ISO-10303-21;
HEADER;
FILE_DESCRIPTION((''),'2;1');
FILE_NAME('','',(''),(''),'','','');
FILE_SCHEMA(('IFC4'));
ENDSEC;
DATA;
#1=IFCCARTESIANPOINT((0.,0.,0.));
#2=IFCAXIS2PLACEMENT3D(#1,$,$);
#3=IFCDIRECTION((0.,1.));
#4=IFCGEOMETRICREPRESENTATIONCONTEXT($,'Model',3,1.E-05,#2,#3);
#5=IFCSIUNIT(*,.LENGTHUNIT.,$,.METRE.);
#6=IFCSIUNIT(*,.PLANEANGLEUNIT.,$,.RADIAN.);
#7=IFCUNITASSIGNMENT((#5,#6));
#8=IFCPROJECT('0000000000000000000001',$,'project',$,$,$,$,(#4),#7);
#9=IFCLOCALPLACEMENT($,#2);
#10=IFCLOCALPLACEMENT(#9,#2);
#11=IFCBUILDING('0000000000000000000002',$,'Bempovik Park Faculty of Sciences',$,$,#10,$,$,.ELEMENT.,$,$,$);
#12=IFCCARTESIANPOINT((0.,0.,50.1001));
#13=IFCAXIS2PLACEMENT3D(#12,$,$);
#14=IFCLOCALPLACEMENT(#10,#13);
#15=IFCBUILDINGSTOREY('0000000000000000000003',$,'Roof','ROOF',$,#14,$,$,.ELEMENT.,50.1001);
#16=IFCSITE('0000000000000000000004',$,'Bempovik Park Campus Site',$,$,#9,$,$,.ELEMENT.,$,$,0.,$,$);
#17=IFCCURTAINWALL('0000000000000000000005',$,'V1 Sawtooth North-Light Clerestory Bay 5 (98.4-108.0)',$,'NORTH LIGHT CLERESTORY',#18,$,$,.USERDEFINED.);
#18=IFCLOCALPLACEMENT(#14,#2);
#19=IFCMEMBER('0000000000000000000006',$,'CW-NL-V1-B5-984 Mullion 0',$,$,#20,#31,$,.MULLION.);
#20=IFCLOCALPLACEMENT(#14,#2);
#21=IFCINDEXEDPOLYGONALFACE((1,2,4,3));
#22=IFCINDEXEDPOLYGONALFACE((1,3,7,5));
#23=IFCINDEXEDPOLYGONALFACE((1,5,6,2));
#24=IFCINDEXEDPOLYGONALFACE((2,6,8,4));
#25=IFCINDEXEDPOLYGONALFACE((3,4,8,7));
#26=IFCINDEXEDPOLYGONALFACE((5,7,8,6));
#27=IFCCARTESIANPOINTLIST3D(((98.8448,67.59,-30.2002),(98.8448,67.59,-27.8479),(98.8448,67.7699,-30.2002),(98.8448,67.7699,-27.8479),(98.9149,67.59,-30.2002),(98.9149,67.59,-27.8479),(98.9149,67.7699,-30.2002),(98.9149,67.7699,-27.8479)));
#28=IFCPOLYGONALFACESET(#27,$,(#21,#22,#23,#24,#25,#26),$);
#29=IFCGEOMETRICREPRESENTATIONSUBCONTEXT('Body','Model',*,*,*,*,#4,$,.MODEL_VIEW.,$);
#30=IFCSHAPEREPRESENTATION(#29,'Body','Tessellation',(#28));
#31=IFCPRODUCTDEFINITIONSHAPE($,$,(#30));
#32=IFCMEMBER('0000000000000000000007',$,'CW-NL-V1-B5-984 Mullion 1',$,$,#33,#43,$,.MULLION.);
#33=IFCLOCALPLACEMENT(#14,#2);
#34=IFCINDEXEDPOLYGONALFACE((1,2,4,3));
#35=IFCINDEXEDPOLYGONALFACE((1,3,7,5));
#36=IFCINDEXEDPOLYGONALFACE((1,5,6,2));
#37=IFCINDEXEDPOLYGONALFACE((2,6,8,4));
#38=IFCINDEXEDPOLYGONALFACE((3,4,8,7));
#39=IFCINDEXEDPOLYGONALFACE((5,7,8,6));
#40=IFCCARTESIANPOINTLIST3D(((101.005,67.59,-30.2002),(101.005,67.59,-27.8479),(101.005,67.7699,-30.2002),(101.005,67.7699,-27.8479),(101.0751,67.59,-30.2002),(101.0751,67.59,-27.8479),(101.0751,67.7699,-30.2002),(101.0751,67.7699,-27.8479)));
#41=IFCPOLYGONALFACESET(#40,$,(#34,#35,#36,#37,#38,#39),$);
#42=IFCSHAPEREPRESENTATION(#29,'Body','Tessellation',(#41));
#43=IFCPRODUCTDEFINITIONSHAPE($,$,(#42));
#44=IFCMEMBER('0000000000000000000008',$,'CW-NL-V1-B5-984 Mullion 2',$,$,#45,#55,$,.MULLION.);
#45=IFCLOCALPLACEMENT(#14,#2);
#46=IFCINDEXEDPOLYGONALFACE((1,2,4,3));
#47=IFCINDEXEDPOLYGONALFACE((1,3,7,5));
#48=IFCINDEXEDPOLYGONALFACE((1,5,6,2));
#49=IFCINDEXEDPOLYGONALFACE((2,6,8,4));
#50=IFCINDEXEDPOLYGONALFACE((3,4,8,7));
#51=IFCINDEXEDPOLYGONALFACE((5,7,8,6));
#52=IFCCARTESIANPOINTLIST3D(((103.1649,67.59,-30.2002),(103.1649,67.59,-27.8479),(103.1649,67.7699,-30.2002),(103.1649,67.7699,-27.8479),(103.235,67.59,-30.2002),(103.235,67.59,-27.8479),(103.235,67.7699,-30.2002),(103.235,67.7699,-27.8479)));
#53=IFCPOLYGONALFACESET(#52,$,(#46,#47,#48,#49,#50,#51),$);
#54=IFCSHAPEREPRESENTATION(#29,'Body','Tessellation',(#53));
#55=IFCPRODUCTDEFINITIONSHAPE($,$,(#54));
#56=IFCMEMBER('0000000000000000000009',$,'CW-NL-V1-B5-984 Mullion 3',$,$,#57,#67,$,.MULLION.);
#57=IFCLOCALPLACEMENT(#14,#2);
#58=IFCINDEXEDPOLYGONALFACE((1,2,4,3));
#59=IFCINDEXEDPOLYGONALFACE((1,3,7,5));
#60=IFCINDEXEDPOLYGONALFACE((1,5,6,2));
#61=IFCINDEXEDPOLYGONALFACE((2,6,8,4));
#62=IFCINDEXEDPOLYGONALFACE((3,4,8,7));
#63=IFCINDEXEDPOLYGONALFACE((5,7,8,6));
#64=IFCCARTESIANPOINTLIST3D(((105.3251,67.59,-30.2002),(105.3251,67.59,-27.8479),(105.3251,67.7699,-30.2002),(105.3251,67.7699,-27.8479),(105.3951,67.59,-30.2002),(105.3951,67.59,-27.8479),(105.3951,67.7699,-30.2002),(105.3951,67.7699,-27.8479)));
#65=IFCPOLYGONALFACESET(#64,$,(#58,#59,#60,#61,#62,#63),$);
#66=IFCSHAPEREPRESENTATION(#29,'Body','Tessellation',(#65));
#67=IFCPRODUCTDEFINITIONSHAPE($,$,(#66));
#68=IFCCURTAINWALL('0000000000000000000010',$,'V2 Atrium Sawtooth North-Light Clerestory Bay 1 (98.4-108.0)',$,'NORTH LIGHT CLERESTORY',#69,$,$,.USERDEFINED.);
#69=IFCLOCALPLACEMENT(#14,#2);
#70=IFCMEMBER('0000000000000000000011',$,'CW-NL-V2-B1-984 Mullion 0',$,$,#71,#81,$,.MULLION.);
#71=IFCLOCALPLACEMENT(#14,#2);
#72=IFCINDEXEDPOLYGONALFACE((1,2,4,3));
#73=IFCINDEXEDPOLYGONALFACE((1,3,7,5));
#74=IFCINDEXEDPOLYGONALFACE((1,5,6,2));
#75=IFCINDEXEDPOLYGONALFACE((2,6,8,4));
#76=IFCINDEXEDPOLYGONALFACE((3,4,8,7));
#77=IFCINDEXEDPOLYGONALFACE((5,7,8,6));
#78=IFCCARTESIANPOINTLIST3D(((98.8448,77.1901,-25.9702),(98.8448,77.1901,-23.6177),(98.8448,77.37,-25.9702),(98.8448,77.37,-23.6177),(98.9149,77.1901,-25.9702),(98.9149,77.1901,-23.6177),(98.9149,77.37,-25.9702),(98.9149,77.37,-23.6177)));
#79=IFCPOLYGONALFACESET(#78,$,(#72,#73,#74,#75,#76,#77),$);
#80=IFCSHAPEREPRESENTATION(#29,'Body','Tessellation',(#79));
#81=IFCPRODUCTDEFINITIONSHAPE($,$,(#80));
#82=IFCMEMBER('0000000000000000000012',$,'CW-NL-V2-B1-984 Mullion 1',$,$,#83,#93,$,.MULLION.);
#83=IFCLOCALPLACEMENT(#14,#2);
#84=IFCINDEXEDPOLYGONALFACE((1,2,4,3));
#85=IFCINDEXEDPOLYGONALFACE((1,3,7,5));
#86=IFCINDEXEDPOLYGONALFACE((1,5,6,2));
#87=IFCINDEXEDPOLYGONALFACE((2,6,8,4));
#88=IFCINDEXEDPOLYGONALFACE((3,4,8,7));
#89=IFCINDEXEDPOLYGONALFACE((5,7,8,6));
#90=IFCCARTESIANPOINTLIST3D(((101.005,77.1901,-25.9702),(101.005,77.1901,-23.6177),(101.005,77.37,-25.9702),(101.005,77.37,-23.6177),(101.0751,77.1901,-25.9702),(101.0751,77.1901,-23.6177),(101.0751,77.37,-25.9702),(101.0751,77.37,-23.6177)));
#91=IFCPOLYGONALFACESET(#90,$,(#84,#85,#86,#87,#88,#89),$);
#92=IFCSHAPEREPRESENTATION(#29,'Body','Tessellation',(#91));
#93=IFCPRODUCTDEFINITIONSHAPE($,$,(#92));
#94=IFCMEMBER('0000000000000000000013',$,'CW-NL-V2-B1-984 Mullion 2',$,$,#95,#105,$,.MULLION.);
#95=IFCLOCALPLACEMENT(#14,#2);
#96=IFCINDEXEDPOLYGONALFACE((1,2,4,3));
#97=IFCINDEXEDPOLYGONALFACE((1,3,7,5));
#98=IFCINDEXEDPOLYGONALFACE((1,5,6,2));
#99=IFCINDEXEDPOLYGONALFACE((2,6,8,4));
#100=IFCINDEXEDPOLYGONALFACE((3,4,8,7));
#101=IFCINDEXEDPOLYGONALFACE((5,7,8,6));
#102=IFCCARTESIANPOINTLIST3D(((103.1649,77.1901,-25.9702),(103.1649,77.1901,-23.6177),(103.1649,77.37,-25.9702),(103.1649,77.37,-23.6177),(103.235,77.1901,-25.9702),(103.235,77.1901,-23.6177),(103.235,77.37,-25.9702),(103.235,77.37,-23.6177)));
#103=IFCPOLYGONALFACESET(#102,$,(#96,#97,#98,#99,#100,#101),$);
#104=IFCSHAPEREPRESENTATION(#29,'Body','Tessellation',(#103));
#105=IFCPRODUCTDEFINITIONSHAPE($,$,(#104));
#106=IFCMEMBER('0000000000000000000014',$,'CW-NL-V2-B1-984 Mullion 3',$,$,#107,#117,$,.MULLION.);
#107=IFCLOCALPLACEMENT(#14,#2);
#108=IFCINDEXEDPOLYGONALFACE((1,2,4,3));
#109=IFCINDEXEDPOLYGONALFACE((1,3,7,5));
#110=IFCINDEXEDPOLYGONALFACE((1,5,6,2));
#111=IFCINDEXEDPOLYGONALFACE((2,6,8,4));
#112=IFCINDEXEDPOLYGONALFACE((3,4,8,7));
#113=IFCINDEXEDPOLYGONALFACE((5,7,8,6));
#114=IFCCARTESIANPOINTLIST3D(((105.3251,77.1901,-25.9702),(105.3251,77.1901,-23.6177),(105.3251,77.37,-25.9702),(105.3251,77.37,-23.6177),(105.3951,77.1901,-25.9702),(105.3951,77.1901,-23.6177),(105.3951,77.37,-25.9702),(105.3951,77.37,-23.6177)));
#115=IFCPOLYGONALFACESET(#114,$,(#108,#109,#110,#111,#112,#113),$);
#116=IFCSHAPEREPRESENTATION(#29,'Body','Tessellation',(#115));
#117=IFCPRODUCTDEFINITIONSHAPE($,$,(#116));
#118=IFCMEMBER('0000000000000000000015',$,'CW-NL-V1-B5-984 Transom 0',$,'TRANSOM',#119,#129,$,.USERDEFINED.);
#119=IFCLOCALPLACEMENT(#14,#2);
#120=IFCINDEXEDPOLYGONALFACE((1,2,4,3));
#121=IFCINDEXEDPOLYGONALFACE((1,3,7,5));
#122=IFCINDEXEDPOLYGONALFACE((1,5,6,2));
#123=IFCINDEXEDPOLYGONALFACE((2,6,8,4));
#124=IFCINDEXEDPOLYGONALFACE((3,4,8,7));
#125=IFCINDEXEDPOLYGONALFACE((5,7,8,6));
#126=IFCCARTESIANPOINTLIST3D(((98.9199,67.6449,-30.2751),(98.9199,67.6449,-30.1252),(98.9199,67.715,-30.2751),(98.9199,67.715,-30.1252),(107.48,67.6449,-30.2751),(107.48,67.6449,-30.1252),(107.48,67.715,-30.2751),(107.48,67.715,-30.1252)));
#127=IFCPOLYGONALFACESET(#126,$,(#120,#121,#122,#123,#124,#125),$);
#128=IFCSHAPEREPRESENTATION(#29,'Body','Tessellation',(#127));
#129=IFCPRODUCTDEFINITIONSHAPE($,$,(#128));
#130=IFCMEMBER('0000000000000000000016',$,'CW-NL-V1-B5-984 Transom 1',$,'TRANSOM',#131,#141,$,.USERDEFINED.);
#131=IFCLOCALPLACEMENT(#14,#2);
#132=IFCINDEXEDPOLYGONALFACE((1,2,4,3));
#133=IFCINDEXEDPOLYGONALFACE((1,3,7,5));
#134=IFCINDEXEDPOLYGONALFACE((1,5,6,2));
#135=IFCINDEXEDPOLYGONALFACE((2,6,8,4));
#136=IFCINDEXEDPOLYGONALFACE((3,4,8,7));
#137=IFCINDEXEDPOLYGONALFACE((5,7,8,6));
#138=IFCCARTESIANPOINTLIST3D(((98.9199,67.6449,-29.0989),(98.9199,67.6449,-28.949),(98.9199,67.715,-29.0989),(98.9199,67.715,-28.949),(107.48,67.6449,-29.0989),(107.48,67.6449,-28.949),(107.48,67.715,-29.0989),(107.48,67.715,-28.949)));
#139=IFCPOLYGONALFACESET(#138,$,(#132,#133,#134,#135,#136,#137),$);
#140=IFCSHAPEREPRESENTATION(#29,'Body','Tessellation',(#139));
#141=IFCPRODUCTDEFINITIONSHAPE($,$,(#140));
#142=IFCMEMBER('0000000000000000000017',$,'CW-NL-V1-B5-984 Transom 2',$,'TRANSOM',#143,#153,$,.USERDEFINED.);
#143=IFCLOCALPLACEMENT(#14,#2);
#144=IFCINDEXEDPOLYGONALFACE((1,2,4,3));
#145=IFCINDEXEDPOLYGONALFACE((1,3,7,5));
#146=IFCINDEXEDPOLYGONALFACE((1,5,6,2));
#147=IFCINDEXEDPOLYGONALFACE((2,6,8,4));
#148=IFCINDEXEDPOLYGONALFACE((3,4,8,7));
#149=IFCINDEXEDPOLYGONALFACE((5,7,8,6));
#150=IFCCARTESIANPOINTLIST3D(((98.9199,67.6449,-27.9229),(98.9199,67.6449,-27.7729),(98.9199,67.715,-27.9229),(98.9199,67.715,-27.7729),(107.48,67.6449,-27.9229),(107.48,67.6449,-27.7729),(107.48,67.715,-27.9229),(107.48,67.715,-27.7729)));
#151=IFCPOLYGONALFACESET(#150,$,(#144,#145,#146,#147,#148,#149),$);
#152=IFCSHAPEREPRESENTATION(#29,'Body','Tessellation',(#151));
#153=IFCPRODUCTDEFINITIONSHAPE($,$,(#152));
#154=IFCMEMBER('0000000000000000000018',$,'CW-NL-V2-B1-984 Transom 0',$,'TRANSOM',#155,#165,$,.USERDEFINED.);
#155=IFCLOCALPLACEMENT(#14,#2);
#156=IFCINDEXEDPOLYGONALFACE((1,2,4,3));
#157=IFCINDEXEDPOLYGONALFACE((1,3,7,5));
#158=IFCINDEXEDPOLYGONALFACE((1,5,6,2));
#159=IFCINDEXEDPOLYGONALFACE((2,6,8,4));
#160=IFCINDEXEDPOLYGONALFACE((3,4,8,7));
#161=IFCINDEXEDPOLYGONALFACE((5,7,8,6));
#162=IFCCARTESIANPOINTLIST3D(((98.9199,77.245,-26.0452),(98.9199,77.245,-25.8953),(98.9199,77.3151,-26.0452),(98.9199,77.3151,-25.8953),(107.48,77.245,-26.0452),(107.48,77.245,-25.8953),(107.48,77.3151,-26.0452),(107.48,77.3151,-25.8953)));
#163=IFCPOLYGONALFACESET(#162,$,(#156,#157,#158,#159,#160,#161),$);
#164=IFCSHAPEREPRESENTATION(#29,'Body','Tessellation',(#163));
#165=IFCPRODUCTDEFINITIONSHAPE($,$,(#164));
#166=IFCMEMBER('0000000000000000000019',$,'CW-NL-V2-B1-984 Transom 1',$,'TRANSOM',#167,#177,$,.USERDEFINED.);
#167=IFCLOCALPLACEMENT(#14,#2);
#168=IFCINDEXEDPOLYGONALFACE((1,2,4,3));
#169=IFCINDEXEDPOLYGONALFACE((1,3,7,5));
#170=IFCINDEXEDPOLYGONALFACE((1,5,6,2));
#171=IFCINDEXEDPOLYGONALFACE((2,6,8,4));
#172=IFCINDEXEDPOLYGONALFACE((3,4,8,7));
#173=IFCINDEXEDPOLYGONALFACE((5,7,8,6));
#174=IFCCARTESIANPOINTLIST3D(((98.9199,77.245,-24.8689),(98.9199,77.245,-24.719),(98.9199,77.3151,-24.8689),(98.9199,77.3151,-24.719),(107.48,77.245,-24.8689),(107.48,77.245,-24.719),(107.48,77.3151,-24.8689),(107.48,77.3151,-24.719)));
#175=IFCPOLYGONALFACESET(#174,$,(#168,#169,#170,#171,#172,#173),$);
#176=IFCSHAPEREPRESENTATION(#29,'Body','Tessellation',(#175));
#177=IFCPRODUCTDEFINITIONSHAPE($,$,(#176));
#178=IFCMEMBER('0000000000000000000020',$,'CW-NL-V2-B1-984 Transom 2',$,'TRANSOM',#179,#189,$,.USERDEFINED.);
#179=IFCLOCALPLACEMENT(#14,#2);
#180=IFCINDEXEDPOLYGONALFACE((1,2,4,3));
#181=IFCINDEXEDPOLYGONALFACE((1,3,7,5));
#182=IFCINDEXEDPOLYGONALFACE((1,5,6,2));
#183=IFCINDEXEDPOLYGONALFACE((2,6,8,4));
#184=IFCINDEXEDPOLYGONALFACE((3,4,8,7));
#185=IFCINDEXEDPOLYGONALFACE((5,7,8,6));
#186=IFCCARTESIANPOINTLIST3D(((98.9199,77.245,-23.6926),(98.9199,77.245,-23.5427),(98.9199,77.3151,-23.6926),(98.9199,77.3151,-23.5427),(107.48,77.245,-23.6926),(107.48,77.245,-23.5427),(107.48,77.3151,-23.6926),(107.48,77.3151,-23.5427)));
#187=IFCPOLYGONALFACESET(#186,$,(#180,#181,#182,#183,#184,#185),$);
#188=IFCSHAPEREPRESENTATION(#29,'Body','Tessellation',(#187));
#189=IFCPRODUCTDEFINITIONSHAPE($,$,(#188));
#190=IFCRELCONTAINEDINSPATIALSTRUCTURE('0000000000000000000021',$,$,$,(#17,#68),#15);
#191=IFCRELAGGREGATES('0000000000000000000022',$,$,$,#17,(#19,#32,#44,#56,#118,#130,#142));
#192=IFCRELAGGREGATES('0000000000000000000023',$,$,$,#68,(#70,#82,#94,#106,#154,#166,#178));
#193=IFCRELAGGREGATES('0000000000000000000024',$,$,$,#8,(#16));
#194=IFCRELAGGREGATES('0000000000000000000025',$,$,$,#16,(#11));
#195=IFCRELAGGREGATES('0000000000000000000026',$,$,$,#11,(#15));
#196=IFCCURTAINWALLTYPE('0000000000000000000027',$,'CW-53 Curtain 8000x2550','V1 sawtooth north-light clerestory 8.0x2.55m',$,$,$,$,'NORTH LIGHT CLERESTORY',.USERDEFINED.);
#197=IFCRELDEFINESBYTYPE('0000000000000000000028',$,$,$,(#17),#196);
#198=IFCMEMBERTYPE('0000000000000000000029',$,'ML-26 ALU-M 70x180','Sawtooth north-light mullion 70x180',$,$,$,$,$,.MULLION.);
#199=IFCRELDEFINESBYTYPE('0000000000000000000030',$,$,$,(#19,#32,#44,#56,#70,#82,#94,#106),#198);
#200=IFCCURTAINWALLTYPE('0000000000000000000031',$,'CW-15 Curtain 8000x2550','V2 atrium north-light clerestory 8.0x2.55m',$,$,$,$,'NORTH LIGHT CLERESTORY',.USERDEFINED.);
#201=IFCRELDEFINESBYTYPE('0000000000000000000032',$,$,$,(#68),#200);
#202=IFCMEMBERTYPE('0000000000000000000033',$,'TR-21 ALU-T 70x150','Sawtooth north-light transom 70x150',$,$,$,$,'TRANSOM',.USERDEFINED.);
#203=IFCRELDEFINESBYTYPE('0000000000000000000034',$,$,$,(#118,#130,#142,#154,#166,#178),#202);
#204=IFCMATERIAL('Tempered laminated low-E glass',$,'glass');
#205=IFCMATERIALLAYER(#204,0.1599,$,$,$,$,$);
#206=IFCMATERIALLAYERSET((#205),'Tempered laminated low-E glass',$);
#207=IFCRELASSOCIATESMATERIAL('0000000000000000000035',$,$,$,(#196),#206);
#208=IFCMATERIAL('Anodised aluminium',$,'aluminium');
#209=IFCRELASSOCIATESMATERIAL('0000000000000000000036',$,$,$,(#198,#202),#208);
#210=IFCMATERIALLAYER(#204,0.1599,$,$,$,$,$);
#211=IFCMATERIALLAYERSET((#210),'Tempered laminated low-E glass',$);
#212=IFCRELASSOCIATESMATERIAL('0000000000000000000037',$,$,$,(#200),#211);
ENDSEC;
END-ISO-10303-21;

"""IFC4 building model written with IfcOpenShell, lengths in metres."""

from ifc_helpers import new_model, si_unit, direction, frame, origin, origin_2d, place, context, subcontext, project, spatial, rectangle, extrude, material, layer, layer_set, material_profile, profile_set, type_object, element, aggregate, save


model = new_model("IFC4")

# Units and contexts
model_context = context("Model", 3, precision=1e-05, world=origin(), true_north=direction((0.0, 1.0)))
body_context = subcontext(model_context, "Body", "Model", "MODEL_VIEW")
ifc_project = project(units=[si_unit("LENGTHUNIT", "METRE"), si_unit("PLANEANGLEUNIT", "RADIAN")], contexts=[model_context])

# Site, building, storey
site_placement = place(None, origin())
site = spatial("IfcSite", under=ifc_project, at=site_placement, Name="Bempovik Park Campus Site", CompositionType="ELEMENT", RefElevation=0.0)
building_placement = place(site_placement, origin())
building = spatial("IfcBuilding", under=site, at=building_placement, Name="Bempovik Park Faculty of Sciences", CompositionType="ELEMENT")
storey_placement = place(building_placement, frame((0.0, 0.0, 50.1001)))
storey = spatial("IfcBuildingStorey", under=building, at=storey_placement, Name="Roof", Description="ROOF", CompositionType="ELEMENT", Elevation=50.1001)

# Curtain walls, members
ifc_material_1 = material(Name="Tempered laminated low-E glass", Category="glass")
ifc_layer_1 = layer(ifc_material_1, 0.1599)
ifc_layer_set_1 = layer_set([ifc_layer_1], Name="Tempered laminated low-E glass")
curtain_wall_type_1 = type_object("IfcCurtainWallType", Name="CW-53 Curtain 8000x2550", Description="V1 sawtooth north-light clerestory 8.0x2.55m", ElementType="NORTH LIGHT CLERESTORY", PredefinedType="USERDEFINED", material=ifc_layer_set_1)
curtain_wall_1_placement = place(storey_placement, origin())
curtain_wall_1 = element("IfcCurtainWall", 1, at=curtain_wall_1_placement, inside=storey, type_object=curtain_wall_type_1, Name="V1 Sawtooth North-Light Clerestory Bay 5 (98.4-108.0)", ObjectType="NORTH LIGHT CLERESTORY", PredefinedType="USERDEFINED")
ifc_material_2 = material(Name="Anodised aluminium", Category="aluminium")
ifc_material_profile_1 = material_profile(ifc_material_2, rectangle(XDim=0.0701, YDim=0.1799, at=origin_2d()), Name="ALU-M 70x180")
ifc_profile_set_1 = profile_set([ifc_material_profile_1], Name="Anodised aluminium")
member_type_1 = type_object("IfcMemberType", Name="ML-26 ALU-M 70x180", Description="Sawtooth north-light mullion 70x180", PredefinedType="MULLION", material=ifc_profile_set_1)
member_1_placement = place(storey_placement, frame((98.8799, 67.6799, -30.2002), z_axis=(0.0, 0.0, 1.0), x_axis=(1.0, 0.0, 0.0)))
member_1 = element("IfcMember", 2, at=member_1_placement, type_object=member_type_1, Name="CW-NL-V1-B5-984 Mullion 0", PredefinedType="MULLION", context=body_context, shape_type="SweptSolid", body=[
    extrude(rectangle(XDim=0.0701, YDim=0.1799, at=origin_2d()), origin(), (0.0, 0.0, 1.0), 2.3523),
])
member_2_placement = place(storey_placement, frame((101.04, 67.6799, -30.2002), z_axis=(0.0, 0.0, 1.0), x_axis=(1.0, 0.0, 0.0)))
member_2 = element("IfcMember", 3, at=member_2_placement, type_object=member_type_1, Name="CW-NL-V1-B5-984 Mullion 1", PredefinedType="MULLION", context=body_context, shape_type="SweptSolid", body=[
    extrude(rectangle(XDim=0.0701, YDim=0.1799, at=origin_2d()), origin(), (0.0, 0.0, 1.0), 2.3523),
])
member_3_placement = place(storey_placement, frame((103.2, 67.6799, -30.2002), z_axis=(0.0, 0.0, 1.0), x_axis=(1.0, 0.0, 0.0)))
member_3 = element("IfcMember", 4, at=member_3_placement, type_object=member_type_1, Name="CW-NL-V1-B5-984 Mullion 2", PredefinedType="MULLION", context=body_context, shape_type="SweptSolid", body=[
    extrude(rectangle(XDim=0.0701, YDim=0.1799, at=origin_2d()), origin(), (0.0, 0.0, 1.0), 2.3523),
])
member_4_placement = place(storey_placement, frame((105.3601, 67.6799, -30.2002), z_axis=(0.0, 0.0, 1.0), x_axis=(1.0, 0.0, 0.0)))
member_4 = element("IfcMember", 5, at=member_4_placement, type_object=member_type_1, Name="CW-NL-V1-B5-984 Mullion 3", PredefinedType="MULLION", context=body_context, shape_type="SweptSolid", body=[
    extrude(rectangle(XDim=0.0701, YDim=0.1799, at=origin_2d()), origin(), (0.0, 0.0, 1.0), 2.3523),
])
ifc_layer_2 = layer(ifc_material_1, 0.1599)
ifc_layer_set_2 = layer_set([ifc_layer_2], Name="Tempered laminated low-E glass")
curtain_wall_type_2 = type_object("IfcCurtainWallType", Name="CW-15 Curtain 8000x2550", Description="V2 atrium north-light clerestory 8.0x2.55m", ElementType="NORTH LIGHT CLERESTORY", PredefinedType="USERDEFINED", material=ifc_layer_set_2)
curtain_wall_2_placement = place(storey_placement, origin())
curtain_wall_2 = element("IfcCurtainWall", 6, at=curtain_wall_2_placement, inside=storey, type_object=curtain_wall_type_2, Name="V2 Atrium Sawtooth North-Light Clerestory Bay 1 (98.4-108.0)", ObjectType="NORTH LIGHT CLERESTORY", PredefinedType="USERDEFINED")
member_5_placement = place(storey_placement, frame((98.8799, 77.28, -25.9702), z_axis=(0.0, 0.0, 1.0), x_axis=(1.0, 0.0, 0.0)))
member_5 = element("IfcMember", 7, at=member_5_placement, type_object=member_type_1, Name="CW-NL-V2-B1-984 Mullion 0", PredefinedType="MULLION", context=body_context, shape_type="SweptSolid", body=[
    extrude(rectangle(XDim=0.0701, YDim=0.1799, at=origin_2d()), origin(), (0.0, 0.0, 1.0), 2.3525),
])
member_6_placement = place(storey_placement, frame((101.04, 77.28, -25.9702), z_axis=(0.0, 0.0, 1.0), x_axis=(1.0, 0.0, 0.0)))
member_6 = element("IfcMember", 8, at=member_6_placement, type_object=member_type_1, Name="CW-NL-V2-B1-984 Mullion 1", PredefinedType="MULLION", context=body_context, shape_type="SweptSolid", body=[
    extrude(rectangle(XDim=0.0701, YDim=0.1799, at=origin_2d()), origin(), (0.0, 0.0, 1.0), 2.3525),
])
member_7_placement = place(storey_placement, frame((103.2, 77.28, -25.9702), z_axis=(0.0, 0.0, 1.0), x_axis=(1.0, 0.0, 0.0)))
member_7 = element("IfcMember", 9, at=member_7_placement, type_object=member_type_1, Name="CW-NL-V2-B1-984 Mullion 2", PredefinedType="MULLION", context=body_context, shape_type="SweptSolid", body=[
    extrude(rectangle(XDim=0.0701, YDim=0.1799, at=origin_2d()), origin(), (0.0, 0.0, 1.0), 2.3525),
])
member_8_placement = place(storey_placement, frame((105.3601, 77.28, -25.9702), z_axis=(0.0, 0.0, 1.0), x_axis=(1.0, 0.0, 0.0)))
member_8 = element("IfcMember", 10, at=member_8_placement, type_object=member_type_1, Name="CW-NL-V2-B1-984 Mullion 3", PredefinedType="MULLION", context=body_context, shape_type="SweptSolid", body=[
    extrude(rectangle(XDim=0.0701, YDim=0.1799, at=origin_2d()), origin(), (0.0, 0.0, 1.0), 2.3525),
])

# Members
ifc_material_profile_2 = material_profile(ifc_material_2, rectangle(XDim=0.0701, YDim=0.1499, at=origin_2d()), Name="ALU-T 70x150")
ifc_profile_set_2 = profile_set([ifc_material_profile_2], Name="Anodised aluminium")
member_type_2 = type_object("IfcMemberType", Name="TR-21 ALU-T 70x150", Description="Sawtooth north-light transom 70x150", ElementType="TRANSOM", PredefinedType="USERDEFINED", material=ifc_profile_set_2)
member_9_placement = place(storey_placement, frame((98.9199, 67.6799, -30.2002), z_axis=(1.0, 0.0, 0.0), x_axis=(0.0, 1.0, 0.0)))
member_9 = element("IfcMember", 11, at=member_9_placement, type_object=member_type_2, Name="CW-NL-V1-B5-984 Transom 0", ObjectType="TRANSOM", PredefinedType="USERDEFINED", context=body_context, shape_type="SweptSolid", body=[
    extrude(rectangle(XDim=0.0701, YDim=0.1499, at=origin_2d()), origin(), (0.0, 0.0, 1.0), 8.5601),
])
member_10_placement = place(storey_placement, frame((98.9199, 67.6799, -29.0239), z_axis=(1.0, 0.0, 0.0), x_axis=(0.0, 1.0, 0.0)))
member_10 = element("IfcMember", 12, at=member_10_placement, type_object=member_type_2, Name="CW-NL-V1-B5-984 Transom 1", ObjectType="TRANSOM", PredefinedType="USERDEFINED", context=body_context, shape_type="SweptSolid", body=[
    extrude(rectangle(XDim=0.0701, YDim=0.1499, at=origin_2d()), origin(), (0.0, 0.0, 1.0), 8.5601),
])
member_11_placement = place(storey_placement, frame((98.9199, 67.6799, -27.8479), z_axis=(1.0, 0.0, 0.0), x_axis=(0.0, 1.0, 0.0)))
member_11 = element("IfcMember", 13, at=member_11_placement, type_object=member_type_2, Name="CW-NL-V1-B5-984 Transom 2", ObjectType="TRANSOM", PredefinedType="USERDEFINED", context=body_context, shape_type="SweptSolid", body=[
    extrude(rectangle(XDim=0.0701, YDim=0.1499, at=origin_2d()), origin(), (0.0, 0.0, 1.0), 8.5601),
])
member_12_placement = place(storey_placement, frame((98.9199, 77.28, -25.9702), z_axis=(1.0, 0.0, 0.0), x_axis=(0.0, 1.0, 0.0)))
member_12 = element("IfcMember", 14, at=member_12_placement, type_object=member_type_2, Name="CW-NL-V2-B1-984 Transom 0", ObjectType="TRANSOM", PredefinedType="USERDEFINED", context=body_context, shape_type="SweptSolid", body=[
    extrude(rectangle(XDim=0.0701, YDim=0.1499, at=origin_2d()), origin(), (0.0, 0.0, 1.0), 8.5601),
])
member_13_placement = place(storey_placement, frame((98.9199, 77.28, -24.7939), z_axis=(1.0, 0.0, 0.0), x_axis=(0.0, 1.0, 0.0)))
member_13 = element("IfcMember", 15, at=member_13_placement, type_object=member_type_2, Name="CW-NL-V2-B1-984 Transom 1", ObjectType="TRANSOM", PredefinedType="USERDEFINED", context=body_context, shape_type="SweptSolid", body=[
    extrude(rectangle(XDim=0.0701, YDim=0.1499, at=origin_2d()), origin(), (0.0, 0.0, 1.0), 8.5601),
])
member_14_placement = place(storey_placement, frame((98.9199, 77.28, -23.6177), z_axis=(1.0, 0.0, 0.0), x_axis=(0.0, 1.0, 0.0)))
member_14 = element("IfcMember", 16, at=member_14_placement, type_object=member_type_2, Name="CW-NL-V2-B1-984 Transom 2", ObjectType="TRANSOM", PredefinedType="USERDEFINED", context=body_context, shape_type="SweptSolid", body=[
    extrude(rectangle(XDim=0.0701, YDim=0.1499, at=origin_2d()), origin(), (0.0, 0.0, 1.0), 8.5601),
])

aggregate(curtain_wall_1, [member_1, member_2, member_3, member_4, member_9, member_10, member_11])
aggregate(curtain_wall_2, [member_5, member_6, member_7, member_8, member_12, member_13, member_14])

save(model, "model.ifc")
